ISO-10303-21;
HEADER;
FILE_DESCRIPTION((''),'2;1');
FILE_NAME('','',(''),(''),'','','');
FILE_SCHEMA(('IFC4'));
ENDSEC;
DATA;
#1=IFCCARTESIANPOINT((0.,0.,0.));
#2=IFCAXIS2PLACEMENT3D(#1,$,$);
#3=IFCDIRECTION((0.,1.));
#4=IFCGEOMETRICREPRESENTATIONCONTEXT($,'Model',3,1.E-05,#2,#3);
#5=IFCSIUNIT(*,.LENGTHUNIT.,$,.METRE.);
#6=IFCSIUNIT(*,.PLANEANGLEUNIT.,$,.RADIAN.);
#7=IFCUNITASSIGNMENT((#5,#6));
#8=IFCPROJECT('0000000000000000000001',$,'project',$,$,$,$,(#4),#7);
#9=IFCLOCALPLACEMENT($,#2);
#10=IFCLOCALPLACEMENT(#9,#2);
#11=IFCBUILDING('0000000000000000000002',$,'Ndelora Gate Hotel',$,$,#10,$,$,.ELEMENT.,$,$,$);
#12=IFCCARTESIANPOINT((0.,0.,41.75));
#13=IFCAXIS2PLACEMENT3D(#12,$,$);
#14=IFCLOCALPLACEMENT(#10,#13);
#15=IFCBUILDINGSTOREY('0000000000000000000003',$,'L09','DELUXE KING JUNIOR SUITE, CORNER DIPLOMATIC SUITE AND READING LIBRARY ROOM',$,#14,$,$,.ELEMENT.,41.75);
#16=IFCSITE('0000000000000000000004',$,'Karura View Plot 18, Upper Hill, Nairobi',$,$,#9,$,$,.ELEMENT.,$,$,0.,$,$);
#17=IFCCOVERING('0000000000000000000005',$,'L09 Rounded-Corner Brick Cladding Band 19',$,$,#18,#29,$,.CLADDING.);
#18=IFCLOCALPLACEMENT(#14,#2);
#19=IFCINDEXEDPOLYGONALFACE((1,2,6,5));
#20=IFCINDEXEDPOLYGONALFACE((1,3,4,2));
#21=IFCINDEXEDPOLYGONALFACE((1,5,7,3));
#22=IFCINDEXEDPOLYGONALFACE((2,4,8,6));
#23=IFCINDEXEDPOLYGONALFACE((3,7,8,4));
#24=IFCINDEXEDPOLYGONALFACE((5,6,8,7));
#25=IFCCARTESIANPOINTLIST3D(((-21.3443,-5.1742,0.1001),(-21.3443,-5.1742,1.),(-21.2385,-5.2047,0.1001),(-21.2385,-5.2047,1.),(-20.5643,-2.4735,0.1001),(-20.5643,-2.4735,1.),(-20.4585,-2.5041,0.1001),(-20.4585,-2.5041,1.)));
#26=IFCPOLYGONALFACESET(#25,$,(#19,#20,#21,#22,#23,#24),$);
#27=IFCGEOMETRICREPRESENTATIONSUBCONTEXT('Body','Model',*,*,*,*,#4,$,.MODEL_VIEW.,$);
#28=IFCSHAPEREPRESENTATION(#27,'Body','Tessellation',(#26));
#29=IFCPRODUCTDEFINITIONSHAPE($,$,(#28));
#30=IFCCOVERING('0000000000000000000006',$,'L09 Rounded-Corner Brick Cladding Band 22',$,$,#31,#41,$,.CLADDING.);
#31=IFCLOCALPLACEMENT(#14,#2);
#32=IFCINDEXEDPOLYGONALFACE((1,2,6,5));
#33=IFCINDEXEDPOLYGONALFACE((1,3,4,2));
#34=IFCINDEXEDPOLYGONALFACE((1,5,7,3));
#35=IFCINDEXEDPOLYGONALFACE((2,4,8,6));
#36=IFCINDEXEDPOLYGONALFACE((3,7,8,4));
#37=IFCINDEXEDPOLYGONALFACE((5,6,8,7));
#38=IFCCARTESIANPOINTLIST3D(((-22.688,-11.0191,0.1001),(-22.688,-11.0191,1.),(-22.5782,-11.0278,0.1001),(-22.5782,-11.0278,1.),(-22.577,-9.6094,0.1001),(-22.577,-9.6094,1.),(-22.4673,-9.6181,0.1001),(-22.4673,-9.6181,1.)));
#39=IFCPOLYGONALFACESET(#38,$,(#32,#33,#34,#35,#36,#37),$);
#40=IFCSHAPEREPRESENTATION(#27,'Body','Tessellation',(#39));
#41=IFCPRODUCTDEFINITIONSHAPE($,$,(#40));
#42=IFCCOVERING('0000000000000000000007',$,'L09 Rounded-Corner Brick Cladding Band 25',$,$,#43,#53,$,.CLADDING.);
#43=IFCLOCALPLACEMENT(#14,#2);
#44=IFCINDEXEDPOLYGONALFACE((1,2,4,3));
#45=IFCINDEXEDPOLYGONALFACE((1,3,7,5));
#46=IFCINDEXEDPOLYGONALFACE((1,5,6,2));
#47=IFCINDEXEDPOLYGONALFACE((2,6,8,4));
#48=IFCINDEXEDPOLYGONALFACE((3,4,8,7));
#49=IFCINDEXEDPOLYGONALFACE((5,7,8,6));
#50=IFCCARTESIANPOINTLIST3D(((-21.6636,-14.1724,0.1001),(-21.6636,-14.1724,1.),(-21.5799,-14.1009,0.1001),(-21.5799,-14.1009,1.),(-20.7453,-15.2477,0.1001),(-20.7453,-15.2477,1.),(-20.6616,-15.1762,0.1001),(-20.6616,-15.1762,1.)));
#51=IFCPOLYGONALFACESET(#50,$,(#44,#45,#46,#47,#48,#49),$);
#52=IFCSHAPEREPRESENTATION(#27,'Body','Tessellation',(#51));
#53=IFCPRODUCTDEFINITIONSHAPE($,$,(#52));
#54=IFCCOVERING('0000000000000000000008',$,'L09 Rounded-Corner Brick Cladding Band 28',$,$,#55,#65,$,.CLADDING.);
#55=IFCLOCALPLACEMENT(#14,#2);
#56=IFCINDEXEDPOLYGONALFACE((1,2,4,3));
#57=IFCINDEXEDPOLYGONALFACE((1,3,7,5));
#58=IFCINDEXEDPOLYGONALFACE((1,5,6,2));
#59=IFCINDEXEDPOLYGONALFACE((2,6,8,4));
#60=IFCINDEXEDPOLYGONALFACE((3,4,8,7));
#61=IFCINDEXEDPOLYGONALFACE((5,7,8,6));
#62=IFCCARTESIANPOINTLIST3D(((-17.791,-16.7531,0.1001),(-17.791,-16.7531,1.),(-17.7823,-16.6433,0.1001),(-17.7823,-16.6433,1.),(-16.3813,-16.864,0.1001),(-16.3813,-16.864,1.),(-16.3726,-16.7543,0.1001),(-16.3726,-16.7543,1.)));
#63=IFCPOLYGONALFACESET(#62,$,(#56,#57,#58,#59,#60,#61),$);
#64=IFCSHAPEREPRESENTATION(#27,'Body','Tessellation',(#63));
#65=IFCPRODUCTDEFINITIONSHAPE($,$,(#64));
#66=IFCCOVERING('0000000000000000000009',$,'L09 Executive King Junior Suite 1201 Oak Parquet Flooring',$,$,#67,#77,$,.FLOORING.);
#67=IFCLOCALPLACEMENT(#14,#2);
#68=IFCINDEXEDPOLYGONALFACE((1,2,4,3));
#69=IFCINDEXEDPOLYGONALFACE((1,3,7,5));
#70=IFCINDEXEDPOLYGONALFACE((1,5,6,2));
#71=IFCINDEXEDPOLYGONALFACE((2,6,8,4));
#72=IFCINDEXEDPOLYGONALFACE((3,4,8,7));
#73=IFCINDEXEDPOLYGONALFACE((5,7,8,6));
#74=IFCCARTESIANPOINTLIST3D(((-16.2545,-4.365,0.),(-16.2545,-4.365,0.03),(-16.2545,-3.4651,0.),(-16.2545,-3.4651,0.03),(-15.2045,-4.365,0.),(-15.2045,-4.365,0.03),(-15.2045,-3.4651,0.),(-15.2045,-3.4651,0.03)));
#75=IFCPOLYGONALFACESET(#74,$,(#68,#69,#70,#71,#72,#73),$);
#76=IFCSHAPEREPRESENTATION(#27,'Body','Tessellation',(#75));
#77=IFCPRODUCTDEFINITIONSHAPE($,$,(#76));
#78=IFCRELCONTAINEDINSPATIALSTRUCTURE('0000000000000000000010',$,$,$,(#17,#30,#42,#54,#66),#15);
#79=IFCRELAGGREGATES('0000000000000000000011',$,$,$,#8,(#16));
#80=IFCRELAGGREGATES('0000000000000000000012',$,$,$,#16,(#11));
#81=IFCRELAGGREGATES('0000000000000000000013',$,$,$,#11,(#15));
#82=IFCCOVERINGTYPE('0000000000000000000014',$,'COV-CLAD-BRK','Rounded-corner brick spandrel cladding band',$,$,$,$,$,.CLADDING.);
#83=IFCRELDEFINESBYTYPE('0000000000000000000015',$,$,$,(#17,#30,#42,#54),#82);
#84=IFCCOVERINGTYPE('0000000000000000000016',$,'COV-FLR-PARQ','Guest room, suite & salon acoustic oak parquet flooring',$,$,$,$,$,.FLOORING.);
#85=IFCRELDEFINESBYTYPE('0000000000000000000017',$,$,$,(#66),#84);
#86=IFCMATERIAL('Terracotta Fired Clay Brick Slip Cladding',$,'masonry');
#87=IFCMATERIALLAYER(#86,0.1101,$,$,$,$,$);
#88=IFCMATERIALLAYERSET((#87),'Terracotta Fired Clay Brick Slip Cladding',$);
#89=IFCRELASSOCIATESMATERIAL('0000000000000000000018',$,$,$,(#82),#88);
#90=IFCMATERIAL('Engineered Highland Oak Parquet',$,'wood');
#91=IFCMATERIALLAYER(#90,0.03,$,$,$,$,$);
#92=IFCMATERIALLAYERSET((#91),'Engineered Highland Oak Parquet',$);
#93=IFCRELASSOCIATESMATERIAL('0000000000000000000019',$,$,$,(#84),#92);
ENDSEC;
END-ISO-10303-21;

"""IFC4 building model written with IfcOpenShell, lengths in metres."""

from ifc_helpers import new_model, si_unit, direction, frame, origin, origin_2d, place, context, subcontext, project, spatial, rectangle, extrude, material, layer, layer_set, type_object, element, save


model = new_model("IFC4")

# Units and contexts
model_context = context("Model", 3, precision=1e-05, world=origin(), true_north=direction((0.0, 1.0)))
body_context = subcontext(model_context, "Body", "Model", "MODEL_VIEW")
ifc_project = project(units=[si_unit("LENGTHUNIT", "METRE"), si_unit("PLANEANGLEUNIT", "RADIAN")], contexts=[model_context])

# Site, building, storey
site_placement = place(None, origin())
site = spatial("IfcSite", under=ifc_project, at=site_placement, Name="Karura View Plot 18, Upper Hill, Nairobi", CompositionType="ELEMENT", RefElevation=0.0)
building_placement = place(site_placement, origin())
building = spatial("IfcBuilding", under=site, at=building_placement, Name="Ndelora Gate Hotel", CompositionType="ELEMENT")
storey_placement = place(building_placement, frame((0.0, 0.0, 41.75)))
storey = spatial("IfcBuildingStorey", under=building, at=storey_placement, Name="L09", Description="DELUXE KING JUNIOR SUITE, CORNER DIPLOMATIC SUITE AND READING LIBRARY ROOM", CompositionType="ELEMENT", Elevation=41.75)

# Coverings
ifc_material_1 = material(Name="Terracotta Fired Clay Brick Slip Cladding", Category="masonry")
ifc_layer_1 = layer(ifc_material_1, 0.1101)
ifc_layer_set_1 = layer_set([ifc_layer_1], Name="Terracotta Fired Clay Brick Slip Cladding")
covering_type_1 = type_object("IfcCoveringType", Name="COV-CLAD-BRK", Description="Rounded-corner brick spandrel cladding band", PredefinedType="CLADDING", material=ifc_layer_set_1)
covering_1_placement = place(storey_placement, frame((-20.9014, -3.8391, 0.1001), z_axis=(0.0, 0.0, 1.0), x_axis=(0.277482, 0.960731, 0.0)))
element("IfcCovering", 1, at=covering_1_placement, inside=storey, type_object=covering_type_1, Name="L09 Rounded-Corner Brick Cladding Band 19", PredefinedType="CLADDING", context=body_context, shape_type="SweptSolid", body=[
    extrude(rectangle(XDim=2.811, YDim=0.1101, at=origin_2d()), origin(), (0.0, 0.0, 1.0), 0.8999),
])
for number, where, z_axis, x_axis, name in (
    (2, (-22.5776, -10.3186, 0.1001), (0.0, 0.0, 1.0), (0.078459, 0.996917, 0.0), "L09 Rounded-Corner Brick Cladding Band 22"),
    (3, (-21.1626, -14.6743, 0.1001), (0.0, 0.0, 1.0), (-0.649448, 0.760406, 0.0), "L09 Rounded-Corner Brick Cladding Band 25"),
    (4, (-17.0818, -16.7537, 0.1001), (0.0, 0.0, 1.0), (-0.996917, 0.078459, 0.0), "L09 Rounded-Corner Brick Cladding Band 28"),
):
    element("IfcCovering", number, at=place(storey_placement, frame(where, z_axis=z_axis, x_axis=x_axis)), inside=storey, type_object=covering_type_1, Name=name, PredefinedType="CLADDING", context=body_context, shape_type="SweptSolid", body=[
        extrude(rectangle(XDim=1.4141, YDim=0.1101, at=origin_2d()), origin(), (0.0, 0.0, 1.0), 0.8999),
    ])
ifc_material_2 = material(Name="Engineered Highland Oak Parquet", Category="wood")
ifc_layer_2 = layer(ifc_material_2, 0.03)
ifc_layer_set_2 = layer_set([ifc_layer_2], Name="Engineered Highland Oak Parquet")
covering_type_2 = type_object("IfcCoveringType", Name="COV-FLR-PARQ", Description="Guest room, suite & salon acoustic oak parquet flooring", PredefinedType="FLOORING", material=ifc_layer_set_2)
covering_2_placement = place(storey_placement, frame((-15.7295, -3.915, 0.0), z_axis=(0.0, 0.0, 1.0), x_axis=(1.0, 0.0, 0.0)))
element("IfcCovering", 5, at=covering_2_placement, inside=storey, type_object=covering_type_2, Name="L09 Executive King Junior Suite 1201 Oak Parquet Flooring", PredefinedType="FLOORING", context=body_context, shape_type="SweptSolid", body=[
    extrude(rectangle(XDim=1.05, YDim=0.8999, at=origin_2d()), origin(), (0.0, 0.0, 1.0), 0.03),
])

save(model, "model.ifc")
